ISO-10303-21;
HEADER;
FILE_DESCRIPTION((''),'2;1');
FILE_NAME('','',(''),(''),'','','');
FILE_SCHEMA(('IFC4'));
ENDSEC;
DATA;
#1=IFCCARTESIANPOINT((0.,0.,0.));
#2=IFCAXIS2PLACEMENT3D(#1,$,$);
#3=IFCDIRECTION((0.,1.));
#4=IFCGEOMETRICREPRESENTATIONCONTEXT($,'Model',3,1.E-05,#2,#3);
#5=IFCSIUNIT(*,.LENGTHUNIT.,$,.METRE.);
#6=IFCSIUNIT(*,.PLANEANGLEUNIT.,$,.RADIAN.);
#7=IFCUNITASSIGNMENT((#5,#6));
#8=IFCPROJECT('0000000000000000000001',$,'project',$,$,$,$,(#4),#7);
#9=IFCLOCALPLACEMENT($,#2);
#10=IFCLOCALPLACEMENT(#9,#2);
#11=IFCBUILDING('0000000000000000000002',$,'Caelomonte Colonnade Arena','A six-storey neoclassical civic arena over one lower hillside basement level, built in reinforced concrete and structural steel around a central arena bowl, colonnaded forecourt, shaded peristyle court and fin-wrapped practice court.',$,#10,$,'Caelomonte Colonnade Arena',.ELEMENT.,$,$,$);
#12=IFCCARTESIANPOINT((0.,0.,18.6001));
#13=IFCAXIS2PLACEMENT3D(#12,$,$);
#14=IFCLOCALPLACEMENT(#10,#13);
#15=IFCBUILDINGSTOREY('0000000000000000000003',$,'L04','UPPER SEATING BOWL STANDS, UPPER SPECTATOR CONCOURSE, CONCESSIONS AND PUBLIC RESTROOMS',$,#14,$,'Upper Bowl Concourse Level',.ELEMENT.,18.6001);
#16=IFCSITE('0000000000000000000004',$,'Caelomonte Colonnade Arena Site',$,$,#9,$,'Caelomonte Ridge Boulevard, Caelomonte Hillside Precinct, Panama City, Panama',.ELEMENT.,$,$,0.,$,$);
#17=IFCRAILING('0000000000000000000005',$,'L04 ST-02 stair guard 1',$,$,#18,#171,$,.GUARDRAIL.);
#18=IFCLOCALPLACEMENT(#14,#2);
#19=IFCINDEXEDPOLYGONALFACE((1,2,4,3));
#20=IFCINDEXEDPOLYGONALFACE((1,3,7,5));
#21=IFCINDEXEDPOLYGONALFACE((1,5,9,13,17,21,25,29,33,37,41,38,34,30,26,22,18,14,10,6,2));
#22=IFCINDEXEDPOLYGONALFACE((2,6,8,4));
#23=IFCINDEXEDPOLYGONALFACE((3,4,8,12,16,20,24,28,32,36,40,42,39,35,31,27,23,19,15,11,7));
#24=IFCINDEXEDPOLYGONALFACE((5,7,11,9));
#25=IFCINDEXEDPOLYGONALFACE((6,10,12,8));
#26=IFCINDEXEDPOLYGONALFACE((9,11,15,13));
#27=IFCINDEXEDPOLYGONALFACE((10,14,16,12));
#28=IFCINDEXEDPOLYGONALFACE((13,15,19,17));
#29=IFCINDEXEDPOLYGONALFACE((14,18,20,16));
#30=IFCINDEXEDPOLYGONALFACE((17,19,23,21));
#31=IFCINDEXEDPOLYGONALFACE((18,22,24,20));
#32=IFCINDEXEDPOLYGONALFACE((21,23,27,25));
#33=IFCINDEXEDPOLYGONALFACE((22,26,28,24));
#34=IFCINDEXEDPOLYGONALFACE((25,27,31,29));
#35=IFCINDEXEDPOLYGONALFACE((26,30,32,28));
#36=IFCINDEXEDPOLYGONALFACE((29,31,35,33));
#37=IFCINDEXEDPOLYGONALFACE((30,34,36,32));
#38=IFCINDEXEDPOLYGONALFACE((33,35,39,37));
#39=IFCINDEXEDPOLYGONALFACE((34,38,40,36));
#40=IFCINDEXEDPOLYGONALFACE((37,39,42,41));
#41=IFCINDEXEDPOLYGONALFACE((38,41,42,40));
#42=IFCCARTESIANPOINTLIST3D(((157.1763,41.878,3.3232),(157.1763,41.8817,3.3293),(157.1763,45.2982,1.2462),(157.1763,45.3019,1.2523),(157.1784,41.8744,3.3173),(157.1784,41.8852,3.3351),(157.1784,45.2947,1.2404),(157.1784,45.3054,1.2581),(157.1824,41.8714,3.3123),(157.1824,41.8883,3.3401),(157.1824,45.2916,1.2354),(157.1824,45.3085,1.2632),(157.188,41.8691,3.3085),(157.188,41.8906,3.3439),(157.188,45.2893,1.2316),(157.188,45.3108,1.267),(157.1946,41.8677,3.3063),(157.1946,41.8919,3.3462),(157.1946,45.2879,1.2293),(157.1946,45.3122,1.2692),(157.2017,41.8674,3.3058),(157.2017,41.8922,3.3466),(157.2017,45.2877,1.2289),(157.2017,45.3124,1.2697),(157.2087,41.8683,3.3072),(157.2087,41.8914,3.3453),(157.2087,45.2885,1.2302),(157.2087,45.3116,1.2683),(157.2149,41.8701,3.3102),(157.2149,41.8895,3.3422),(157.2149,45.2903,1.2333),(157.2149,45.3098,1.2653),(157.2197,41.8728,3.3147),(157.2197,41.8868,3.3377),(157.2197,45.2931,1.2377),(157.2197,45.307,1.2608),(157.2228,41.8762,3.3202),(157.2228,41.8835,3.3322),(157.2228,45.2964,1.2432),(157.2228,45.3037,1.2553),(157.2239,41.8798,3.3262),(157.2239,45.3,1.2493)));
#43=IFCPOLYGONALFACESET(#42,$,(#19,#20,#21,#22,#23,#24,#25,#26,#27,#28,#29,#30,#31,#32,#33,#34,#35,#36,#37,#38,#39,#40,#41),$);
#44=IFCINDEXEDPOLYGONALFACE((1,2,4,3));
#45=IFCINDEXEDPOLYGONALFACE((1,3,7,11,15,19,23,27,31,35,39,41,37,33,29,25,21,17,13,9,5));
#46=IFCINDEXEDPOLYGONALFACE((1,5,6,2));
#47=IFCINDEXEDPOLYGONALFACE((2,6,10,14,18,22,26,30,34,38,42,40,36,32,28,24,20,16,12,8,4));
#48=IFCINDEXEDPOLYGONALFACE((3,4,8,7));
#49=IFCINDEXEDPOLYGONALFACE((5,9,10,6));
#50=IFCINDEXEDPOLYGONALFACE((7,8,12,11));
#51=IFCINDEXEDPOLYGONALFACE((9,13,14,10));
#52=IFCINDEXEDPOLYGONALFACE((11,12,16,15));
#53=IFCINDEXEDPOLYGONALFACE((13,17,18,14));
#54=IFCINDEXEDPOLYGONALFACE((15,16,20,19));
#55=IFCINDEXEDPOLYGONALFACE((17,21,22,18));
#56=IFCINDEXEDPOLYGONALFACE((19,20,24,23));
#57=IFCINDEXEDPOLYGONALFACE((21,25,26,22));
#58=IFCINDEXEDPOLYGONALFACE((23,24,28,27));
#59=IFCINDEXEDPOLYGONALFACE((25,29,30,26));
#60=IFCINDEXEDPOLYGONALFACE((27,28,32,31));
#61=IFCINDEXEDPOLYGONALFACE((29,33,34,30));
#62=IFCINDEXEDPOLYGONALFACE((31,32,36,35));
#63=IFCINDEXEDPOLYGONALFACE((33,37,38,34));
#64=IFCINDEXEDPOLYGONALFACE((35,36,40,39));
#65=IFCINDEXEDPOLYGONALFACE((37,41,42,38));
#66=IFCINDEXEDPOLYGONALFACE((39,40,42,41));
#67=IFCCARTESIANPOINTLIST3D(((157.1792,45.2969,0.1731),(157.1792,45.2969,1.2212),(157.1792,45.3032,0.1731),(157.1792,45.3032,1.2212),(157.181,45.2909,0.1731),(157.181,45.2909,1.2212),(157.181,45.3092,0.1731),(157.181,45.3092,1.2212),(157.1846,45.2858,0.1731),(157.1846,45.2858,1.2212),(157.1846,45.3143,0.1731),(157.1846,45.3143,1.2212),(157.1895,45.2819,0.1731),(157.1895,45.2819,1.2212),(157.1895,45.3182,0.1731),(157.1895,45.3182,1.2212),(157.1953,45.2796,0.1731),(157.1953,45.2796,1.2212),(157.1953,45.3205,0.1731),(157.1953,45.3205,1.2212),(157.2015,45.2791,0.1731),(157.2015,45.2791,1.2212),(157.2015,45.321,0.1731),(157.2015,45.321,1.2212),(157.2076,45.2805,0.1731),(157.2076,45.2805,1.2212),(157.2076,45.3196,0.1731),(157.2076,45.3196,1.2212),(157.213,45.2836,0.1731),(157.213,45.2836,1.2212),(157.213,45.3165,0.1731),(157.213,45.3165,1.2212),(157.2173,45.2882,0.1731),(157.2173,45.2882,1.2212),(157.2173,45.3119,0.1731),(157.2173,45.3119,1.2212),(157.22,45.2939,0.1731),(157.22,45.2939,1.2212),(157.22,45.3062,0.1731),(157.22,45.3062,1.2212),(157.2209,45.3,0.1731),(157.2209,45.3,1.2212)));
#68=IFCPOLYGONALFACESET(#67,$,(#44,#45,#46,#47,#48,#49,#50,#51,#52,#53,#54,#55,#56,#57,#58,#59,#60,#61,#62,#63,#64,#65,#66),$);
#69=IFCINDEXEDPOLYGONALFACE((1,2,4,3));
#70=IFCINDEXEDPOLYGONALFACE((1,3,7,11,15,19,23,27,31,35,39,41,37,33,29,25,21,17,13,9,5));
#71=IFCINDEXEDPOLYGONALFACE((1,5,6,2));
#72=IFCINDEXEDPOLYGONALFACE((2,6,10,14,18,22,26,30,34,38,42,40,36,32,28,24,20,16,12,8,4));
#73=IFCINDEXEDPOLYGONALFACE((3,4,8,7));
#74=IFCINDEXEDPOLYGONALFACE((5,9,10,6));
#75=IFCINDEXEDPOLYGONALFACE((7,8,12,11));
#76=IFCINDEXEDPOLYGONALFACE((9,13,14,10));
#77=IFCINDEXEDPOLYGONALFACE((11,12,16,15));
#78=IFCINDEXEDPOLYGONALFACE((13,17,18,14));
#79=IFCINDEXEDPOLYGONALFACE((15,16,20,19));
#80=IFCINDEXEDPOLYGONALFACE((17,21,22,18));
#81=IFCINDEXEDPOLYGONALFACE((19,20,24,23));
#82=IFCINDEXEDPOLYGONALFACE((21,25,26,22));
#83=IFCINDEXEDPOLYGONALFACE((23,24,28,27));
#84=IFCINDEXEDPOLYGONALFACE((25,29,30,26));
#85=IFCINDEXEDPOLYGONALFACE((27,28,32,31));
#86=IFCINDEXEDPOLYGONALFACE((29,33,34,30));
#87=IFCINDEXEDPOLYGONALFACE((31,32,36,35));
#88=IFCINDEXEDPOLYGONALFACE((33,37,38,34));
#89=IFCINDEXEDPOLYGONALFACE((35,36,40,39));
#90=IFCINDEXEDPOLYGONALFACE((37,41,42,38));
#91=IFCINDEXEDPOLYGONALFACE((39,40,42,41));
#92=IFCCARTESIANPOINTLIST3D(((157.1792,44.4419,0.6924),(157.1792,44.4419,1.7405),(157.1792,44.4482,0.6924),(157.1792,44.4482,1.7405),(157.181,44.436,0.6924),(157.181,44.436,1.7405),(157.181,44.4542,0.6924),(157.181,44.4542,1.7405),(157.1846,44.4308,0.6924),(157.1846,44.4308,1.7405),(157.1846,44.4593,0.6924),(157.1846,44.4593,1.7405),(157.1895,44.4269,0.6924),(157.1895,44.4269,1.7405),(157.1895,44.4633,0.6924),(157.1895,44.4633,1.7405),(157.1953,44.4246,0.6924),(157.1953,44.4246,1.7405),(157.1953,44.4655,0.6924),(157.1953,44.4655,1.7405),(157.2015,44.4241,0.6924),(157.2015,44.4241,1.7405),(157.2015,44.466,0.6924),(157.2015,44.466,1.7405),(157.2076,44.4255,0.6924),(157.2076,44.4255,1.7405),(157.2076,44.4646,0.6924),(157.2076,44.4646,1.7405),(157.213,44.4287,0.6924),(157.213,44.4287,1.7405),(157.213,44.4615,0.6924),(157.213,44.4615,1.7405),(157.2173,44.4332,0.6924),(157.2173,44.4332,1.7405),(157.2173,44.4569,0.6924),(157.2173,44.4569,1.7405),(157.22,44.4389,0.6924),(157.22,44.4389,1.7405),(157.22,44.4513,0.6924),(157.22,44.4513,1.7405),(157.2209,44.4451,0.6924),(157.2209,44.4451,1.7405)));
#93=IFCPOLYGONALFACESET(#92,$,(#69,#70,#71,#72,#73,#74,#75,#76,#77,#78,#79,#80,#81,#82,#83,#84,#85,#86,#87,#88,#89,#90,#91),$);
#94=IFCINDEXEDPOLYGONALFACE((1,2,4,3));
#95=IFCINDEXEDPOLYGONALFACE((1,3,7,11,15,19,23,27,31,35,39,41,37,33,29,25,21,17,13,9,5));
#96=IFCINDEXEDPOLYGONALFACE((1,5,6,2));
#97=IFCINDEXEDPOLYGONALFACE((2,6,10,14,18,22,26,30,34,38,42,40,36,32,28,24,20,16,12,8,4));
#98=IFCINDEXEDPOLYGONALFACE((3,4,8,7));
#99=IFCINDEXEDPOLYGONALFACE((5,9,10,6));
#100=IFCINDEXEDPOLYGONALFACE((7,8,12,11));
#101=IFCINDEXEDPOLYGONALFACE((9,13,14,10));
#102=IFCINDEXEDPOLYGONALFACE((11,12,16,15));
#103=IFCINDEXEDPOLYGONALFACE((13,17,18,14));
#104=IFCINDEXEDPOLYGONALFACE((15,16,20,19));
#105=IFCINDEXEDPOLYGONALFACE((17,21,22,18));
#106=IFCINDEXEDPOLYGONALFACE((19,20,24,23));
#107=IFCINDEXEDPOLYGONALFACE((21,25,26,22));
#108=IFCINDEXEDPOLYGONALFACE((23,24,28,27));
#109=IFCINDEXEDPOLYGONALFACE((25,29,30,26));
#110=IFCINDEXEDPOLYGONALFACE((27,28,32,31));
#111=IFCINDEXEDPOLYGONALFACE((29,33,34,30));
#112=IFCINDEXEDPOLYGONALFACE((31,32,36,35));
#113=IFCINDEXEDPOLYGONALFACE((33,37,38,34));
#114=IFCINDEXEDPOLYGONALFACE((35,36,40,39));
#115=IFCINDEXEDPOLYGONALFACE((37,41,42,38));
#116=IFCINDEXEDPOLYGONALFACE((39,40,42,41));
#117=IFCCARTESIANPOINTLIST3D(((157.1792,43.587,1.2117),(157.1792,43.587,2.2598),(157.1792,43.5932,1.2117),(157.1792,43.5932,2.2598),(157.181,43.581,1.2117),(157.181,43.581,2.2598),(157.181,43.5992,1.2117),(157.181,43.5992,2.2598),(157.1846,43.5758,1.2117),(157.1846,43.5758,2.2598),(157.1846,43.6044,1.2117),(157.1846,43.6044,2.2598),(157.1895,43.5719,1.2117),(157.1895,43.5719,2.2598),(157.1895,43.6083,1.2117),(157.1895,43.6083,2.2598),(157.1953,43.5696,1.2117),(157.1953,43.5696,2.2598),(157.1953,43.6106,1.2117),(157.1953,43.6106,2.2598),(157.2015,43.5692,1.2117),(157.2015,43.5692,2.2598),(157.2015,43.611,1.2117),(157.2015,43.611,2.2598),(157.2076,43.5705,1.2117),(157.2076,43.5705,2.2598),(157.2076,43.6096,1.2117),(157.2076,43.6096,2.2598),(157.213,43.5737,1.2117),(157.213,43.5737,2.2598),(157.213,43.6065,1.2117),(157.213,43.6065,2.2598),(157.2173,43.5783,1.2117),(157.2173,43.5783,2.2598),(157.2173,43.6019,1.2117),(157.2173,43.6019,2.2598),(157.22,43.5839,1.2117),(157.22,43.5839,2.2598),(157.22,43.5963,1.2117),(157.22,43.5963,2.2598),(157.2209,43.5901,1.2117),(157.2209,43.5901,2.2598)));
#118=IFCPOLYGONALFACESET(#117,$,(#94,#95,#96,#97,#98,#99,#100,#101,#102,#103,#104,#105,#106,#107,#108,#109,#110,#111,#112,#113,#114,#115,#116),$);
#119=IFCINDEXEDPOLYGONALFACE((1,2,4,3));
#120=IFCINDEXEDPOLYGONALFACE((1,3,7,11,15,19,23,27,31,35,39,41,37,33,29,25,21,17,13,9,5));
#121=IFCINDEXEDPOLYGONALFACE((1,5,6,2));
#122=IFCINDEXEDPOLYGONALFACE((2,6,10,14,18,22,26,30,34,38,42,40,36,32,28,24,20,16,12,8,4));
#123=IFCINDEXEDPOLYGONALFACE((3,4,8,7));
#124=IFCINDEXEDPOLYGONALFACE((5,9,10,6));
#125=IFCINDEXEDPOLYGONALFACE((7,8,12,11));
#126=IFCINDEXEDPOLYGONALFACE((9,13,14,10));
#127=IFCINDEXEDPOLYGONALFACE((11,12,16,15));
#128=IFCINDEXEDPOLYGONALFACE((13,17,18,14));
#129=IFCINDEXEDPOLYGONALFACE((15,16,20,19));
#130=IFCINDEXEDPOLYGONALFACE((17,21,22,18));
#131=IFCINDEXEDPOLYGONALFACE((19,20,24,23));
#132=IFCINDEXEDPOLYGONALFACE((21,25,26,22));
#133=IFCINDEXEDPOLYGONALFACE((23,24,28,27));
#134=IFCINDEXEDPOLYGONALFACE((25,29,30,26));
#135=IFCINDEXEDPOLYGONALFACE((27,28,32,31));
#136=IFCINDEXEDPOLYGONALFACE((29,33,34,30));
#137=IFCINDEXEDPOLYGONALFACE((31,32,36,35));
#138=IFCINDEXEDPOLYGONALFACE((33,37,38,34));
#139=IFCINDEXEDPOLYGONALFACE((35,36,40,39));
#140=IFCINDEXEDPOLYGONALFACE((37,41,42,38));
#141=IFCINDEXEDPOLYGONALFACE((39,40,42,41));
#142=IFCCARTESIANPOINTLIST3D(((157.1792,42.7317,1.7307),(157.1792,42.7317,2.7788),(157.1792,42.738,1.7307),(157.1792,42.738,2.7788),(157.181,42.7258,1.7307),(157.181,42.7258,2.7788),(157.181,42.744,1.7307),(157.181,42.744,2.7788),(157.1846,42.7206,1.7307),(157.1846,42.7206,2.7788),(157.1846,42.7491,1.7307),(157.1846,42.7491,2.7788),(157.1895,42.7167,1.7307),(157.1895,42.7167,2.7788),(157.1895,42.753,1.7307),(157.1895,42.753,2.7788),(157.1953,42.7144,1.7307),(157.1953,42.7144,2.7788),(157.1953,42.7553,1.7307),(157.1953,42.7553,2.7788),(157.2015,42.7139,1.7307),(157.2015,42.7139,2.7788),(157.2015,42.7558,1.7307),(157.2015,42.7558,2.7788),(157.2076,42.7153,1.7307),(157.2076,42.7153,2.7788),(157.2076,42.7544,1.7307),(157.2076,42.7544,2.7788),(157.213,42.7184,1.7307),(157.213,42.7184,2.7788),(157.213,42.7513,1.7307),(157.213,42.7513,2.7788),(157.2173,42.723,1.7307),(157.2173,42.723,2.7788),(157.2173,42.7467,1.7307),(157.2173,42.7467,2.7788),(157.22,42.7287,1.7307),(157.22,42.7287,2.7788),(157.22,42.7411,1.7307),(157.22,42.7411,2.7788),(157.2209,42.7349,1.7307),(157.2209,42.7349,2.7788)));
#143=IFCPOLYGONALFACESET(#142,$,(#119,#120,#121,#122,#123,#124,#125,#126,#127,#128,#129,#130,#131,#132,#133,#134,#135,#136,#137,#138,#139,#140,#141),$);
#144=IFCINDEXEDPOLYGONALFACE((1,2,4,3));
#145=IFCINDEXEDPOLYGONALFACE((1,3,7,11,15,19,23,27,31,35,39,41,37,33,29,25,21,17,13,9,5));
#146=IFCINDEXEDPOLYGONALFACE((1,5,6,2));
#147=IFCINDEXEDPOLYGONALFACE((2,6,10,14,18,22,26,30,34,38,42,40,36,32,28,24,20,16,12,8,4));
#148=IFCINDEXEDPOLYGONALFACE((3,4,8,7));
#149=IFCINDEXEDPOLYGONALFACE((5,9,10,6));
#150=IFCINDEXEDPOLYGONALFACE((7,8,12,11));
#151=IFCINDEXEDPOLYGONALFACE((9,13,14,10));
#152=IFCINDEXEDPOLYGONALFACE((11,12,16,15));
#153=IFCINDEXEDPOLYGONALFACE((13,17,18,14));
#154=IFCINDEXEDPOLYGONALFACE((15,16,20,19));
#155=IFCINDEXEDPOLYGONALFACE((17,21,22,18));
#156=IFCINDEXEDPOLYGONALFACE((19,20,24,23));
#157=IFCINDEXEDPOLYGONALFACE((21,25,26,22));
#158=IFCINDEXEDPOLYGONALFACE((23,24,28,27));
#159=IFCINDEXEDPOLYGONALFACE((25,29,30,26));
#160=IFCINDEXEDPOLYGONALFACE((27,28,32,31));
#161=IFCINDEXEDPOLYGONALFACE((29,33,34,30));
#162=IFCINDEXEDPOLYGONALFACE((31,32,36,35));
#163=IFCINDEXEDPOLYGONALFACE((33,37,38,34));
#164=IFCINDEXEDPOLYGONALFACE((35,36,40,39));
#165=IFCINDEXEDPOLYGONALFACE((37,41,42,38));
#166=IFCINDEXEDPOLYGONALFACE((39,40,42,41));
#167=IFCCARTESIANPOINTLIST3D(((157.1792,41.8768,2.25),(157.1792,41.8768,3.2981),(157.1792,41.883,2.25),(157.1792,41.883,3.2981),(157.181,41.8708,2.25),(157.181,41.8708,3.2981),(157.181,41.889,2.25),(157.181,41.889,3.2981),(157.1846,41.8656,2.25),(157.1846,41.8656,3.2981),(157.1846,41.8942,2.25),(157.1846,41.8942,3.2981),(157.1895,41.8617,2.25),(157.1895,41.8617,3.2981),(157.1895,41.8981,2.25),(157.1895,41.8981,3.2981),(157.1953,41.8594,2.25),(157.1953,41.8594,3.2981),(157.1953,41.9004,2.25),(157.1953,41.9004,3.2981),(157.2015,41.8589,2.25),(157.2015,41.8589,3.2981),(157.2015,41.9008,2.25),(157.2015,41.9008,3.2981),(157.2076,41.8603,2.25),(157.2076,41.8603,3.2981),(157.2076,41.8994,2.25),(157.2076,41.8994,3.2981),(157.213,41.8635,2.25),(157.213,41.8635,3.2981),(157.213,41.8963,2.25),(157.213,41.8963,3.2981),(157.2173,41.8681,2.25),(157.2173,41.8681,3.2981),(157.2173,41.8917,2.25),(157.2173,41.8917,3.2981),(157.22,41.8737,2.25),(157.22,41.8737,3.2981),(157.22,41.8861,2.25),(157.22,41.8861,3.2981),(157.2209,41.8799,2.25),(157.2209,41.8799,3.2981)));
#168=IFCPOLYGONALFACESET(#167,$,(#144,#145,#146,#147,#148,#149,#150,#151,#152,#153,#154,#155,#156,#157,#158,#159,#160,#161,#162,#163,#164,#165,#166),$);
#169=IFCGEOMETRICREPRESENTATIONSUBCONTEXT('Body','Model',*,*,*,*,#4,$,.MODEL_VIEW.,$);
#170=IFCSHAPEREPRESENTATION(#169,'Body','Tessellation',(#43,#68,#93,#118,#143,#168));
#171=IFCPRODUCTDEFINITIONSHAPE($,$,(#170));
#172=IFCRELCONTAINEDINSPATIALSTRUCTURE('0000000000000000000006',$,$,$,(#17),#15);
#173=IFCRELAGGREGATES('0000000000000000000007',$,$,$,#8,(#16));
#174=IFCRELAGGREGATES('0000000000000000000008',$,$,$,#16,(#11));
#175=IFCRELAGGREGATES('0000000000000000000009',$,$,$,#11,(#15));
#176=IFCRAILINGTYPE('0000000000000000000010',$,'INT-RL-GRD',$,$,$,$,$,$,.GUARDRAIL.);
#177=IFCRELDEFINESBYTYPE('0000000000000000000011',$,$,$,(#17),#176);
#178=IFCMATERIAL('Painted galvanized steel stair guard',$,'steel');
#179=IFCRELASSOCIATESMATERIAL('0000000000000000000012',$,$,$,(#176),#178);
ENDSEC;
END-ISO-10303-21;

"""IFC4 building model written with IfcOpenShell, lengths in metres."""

from ifc_helpers import new_model, si_unit, direction, frame, origin, origin_2d, place, context, subcontext, project, spatial, circle, extrude, material, type_object, element, save


model = new_model("IFC4")

# Units and contexts
model_context = context("Model", 3, precision=1e-05, world=origin(), true_north=direction((0.0, 1.0)))
body_context = subcontext(model_context, "Body", "Model", "MODEL_VIEW")
ifc_project = project(units=[si_unit("LENGTHUNIT", "METRE"), si_unit("PLANEANGLEUNIT", "RADIAN")], contexts=[model_context])

# Site, building, storey
site_placement = place(None, origin())
site = spatial("IfcSite", under=ifc_project, at=site_placement, Name="Caelomonte Colonnade Arena Site", LongName="Caelomonte Ridge Boulevard, Caelomonte Hillside Precinct, Panama City, Panama", CompositionType="ELEMENT", RefElevation=0.0)
building_placement = place(site_placement, origin())
building = spatial("IfcBuilding", under=site, at=building_placement, Name="Caelomonte Colonnade Arena", Description="A six-storey neoclassical civic arena over one lower hillside basement level, built in reinforced concrete and structural steel around a central arena bowl, colonnaded forecourt, shaded peristyle court and fin-wrapped practice court.", LongName="Caelomonte Colonnade Arena", CompositionType="ELEMENT")
storey_placement = place(building_placement, frame((0.0, 0.0, 18.6001)))
storey = spatial("IfcBuildingStorey", under=building, at=storey_placement, Name="L04", Description="UPPER SEATING BOWL STANDS, UPPER SPECTATOR CONCOURSE, CONCESSIONS AND PUBLIC RESTROOMS", LongName="Upper Bowl Concourse Level", CompositionType="ELEMENT", Elevation=18.6001)

# Railing
ifc_material_1 = material(Name="Painted galvanized steel stair guard", Category="steel")
railing_type_1 = type_object("IfcRailingType", Name="INT-RL-GRD", PredefinedType="GUARDRAIL", material=ifc_material_1)
railing_1_placement = place(storey_placement, frame((157.2, 45.3, 0.1731)))
element("IfcRailing", 1, at=railing_1_placement, inside=storey, type_object=railing_type_1, Name="L04 ST-02 stair guard 1", PredefinedType="GUARDRAIL", context=body_context, shape_type="SweptSolid", body=[
    extrude(circle(Radius=0.0239, at=origin_2d()), frame((0.0, 0.0, 1.0762), z_axis=(0.0, -0.854746, 0.519047), x_axis=(1.0, 0.0, 0.0)), (0.0, 0.0, 1.0), 4.0015),
    extrude(circle(Radius=0.021, at=origin_2d()), origin(), (0.0, 0.0, 1.0), 1.0481),
    extrude(circle(Radius=0.021, at=origin_2d()), frame((0.0, -0.855, 0.5193)), (0.0, 0.0, 1.0), 1.0481),
    extrude(circle(Radius=0.021, at=origin_2d()), frame((0.0, -1.71, 1.0386)), (0.0, 0.0, 1.0), 1.0481),
    extrude(circle(Radius=0.021, at=origin_2d()), frame((0.0, -2.5652, 1.5576)), (0.0, 0.0, 1.0), 1.0481),
    extrude(circle(Radius=0.021, at=origin_2d()), frame((0.0, -3.4202, 2.0769)), (0.0, 0.0, 1.0), 1.0481),
])

save(model, "model.ifc")
